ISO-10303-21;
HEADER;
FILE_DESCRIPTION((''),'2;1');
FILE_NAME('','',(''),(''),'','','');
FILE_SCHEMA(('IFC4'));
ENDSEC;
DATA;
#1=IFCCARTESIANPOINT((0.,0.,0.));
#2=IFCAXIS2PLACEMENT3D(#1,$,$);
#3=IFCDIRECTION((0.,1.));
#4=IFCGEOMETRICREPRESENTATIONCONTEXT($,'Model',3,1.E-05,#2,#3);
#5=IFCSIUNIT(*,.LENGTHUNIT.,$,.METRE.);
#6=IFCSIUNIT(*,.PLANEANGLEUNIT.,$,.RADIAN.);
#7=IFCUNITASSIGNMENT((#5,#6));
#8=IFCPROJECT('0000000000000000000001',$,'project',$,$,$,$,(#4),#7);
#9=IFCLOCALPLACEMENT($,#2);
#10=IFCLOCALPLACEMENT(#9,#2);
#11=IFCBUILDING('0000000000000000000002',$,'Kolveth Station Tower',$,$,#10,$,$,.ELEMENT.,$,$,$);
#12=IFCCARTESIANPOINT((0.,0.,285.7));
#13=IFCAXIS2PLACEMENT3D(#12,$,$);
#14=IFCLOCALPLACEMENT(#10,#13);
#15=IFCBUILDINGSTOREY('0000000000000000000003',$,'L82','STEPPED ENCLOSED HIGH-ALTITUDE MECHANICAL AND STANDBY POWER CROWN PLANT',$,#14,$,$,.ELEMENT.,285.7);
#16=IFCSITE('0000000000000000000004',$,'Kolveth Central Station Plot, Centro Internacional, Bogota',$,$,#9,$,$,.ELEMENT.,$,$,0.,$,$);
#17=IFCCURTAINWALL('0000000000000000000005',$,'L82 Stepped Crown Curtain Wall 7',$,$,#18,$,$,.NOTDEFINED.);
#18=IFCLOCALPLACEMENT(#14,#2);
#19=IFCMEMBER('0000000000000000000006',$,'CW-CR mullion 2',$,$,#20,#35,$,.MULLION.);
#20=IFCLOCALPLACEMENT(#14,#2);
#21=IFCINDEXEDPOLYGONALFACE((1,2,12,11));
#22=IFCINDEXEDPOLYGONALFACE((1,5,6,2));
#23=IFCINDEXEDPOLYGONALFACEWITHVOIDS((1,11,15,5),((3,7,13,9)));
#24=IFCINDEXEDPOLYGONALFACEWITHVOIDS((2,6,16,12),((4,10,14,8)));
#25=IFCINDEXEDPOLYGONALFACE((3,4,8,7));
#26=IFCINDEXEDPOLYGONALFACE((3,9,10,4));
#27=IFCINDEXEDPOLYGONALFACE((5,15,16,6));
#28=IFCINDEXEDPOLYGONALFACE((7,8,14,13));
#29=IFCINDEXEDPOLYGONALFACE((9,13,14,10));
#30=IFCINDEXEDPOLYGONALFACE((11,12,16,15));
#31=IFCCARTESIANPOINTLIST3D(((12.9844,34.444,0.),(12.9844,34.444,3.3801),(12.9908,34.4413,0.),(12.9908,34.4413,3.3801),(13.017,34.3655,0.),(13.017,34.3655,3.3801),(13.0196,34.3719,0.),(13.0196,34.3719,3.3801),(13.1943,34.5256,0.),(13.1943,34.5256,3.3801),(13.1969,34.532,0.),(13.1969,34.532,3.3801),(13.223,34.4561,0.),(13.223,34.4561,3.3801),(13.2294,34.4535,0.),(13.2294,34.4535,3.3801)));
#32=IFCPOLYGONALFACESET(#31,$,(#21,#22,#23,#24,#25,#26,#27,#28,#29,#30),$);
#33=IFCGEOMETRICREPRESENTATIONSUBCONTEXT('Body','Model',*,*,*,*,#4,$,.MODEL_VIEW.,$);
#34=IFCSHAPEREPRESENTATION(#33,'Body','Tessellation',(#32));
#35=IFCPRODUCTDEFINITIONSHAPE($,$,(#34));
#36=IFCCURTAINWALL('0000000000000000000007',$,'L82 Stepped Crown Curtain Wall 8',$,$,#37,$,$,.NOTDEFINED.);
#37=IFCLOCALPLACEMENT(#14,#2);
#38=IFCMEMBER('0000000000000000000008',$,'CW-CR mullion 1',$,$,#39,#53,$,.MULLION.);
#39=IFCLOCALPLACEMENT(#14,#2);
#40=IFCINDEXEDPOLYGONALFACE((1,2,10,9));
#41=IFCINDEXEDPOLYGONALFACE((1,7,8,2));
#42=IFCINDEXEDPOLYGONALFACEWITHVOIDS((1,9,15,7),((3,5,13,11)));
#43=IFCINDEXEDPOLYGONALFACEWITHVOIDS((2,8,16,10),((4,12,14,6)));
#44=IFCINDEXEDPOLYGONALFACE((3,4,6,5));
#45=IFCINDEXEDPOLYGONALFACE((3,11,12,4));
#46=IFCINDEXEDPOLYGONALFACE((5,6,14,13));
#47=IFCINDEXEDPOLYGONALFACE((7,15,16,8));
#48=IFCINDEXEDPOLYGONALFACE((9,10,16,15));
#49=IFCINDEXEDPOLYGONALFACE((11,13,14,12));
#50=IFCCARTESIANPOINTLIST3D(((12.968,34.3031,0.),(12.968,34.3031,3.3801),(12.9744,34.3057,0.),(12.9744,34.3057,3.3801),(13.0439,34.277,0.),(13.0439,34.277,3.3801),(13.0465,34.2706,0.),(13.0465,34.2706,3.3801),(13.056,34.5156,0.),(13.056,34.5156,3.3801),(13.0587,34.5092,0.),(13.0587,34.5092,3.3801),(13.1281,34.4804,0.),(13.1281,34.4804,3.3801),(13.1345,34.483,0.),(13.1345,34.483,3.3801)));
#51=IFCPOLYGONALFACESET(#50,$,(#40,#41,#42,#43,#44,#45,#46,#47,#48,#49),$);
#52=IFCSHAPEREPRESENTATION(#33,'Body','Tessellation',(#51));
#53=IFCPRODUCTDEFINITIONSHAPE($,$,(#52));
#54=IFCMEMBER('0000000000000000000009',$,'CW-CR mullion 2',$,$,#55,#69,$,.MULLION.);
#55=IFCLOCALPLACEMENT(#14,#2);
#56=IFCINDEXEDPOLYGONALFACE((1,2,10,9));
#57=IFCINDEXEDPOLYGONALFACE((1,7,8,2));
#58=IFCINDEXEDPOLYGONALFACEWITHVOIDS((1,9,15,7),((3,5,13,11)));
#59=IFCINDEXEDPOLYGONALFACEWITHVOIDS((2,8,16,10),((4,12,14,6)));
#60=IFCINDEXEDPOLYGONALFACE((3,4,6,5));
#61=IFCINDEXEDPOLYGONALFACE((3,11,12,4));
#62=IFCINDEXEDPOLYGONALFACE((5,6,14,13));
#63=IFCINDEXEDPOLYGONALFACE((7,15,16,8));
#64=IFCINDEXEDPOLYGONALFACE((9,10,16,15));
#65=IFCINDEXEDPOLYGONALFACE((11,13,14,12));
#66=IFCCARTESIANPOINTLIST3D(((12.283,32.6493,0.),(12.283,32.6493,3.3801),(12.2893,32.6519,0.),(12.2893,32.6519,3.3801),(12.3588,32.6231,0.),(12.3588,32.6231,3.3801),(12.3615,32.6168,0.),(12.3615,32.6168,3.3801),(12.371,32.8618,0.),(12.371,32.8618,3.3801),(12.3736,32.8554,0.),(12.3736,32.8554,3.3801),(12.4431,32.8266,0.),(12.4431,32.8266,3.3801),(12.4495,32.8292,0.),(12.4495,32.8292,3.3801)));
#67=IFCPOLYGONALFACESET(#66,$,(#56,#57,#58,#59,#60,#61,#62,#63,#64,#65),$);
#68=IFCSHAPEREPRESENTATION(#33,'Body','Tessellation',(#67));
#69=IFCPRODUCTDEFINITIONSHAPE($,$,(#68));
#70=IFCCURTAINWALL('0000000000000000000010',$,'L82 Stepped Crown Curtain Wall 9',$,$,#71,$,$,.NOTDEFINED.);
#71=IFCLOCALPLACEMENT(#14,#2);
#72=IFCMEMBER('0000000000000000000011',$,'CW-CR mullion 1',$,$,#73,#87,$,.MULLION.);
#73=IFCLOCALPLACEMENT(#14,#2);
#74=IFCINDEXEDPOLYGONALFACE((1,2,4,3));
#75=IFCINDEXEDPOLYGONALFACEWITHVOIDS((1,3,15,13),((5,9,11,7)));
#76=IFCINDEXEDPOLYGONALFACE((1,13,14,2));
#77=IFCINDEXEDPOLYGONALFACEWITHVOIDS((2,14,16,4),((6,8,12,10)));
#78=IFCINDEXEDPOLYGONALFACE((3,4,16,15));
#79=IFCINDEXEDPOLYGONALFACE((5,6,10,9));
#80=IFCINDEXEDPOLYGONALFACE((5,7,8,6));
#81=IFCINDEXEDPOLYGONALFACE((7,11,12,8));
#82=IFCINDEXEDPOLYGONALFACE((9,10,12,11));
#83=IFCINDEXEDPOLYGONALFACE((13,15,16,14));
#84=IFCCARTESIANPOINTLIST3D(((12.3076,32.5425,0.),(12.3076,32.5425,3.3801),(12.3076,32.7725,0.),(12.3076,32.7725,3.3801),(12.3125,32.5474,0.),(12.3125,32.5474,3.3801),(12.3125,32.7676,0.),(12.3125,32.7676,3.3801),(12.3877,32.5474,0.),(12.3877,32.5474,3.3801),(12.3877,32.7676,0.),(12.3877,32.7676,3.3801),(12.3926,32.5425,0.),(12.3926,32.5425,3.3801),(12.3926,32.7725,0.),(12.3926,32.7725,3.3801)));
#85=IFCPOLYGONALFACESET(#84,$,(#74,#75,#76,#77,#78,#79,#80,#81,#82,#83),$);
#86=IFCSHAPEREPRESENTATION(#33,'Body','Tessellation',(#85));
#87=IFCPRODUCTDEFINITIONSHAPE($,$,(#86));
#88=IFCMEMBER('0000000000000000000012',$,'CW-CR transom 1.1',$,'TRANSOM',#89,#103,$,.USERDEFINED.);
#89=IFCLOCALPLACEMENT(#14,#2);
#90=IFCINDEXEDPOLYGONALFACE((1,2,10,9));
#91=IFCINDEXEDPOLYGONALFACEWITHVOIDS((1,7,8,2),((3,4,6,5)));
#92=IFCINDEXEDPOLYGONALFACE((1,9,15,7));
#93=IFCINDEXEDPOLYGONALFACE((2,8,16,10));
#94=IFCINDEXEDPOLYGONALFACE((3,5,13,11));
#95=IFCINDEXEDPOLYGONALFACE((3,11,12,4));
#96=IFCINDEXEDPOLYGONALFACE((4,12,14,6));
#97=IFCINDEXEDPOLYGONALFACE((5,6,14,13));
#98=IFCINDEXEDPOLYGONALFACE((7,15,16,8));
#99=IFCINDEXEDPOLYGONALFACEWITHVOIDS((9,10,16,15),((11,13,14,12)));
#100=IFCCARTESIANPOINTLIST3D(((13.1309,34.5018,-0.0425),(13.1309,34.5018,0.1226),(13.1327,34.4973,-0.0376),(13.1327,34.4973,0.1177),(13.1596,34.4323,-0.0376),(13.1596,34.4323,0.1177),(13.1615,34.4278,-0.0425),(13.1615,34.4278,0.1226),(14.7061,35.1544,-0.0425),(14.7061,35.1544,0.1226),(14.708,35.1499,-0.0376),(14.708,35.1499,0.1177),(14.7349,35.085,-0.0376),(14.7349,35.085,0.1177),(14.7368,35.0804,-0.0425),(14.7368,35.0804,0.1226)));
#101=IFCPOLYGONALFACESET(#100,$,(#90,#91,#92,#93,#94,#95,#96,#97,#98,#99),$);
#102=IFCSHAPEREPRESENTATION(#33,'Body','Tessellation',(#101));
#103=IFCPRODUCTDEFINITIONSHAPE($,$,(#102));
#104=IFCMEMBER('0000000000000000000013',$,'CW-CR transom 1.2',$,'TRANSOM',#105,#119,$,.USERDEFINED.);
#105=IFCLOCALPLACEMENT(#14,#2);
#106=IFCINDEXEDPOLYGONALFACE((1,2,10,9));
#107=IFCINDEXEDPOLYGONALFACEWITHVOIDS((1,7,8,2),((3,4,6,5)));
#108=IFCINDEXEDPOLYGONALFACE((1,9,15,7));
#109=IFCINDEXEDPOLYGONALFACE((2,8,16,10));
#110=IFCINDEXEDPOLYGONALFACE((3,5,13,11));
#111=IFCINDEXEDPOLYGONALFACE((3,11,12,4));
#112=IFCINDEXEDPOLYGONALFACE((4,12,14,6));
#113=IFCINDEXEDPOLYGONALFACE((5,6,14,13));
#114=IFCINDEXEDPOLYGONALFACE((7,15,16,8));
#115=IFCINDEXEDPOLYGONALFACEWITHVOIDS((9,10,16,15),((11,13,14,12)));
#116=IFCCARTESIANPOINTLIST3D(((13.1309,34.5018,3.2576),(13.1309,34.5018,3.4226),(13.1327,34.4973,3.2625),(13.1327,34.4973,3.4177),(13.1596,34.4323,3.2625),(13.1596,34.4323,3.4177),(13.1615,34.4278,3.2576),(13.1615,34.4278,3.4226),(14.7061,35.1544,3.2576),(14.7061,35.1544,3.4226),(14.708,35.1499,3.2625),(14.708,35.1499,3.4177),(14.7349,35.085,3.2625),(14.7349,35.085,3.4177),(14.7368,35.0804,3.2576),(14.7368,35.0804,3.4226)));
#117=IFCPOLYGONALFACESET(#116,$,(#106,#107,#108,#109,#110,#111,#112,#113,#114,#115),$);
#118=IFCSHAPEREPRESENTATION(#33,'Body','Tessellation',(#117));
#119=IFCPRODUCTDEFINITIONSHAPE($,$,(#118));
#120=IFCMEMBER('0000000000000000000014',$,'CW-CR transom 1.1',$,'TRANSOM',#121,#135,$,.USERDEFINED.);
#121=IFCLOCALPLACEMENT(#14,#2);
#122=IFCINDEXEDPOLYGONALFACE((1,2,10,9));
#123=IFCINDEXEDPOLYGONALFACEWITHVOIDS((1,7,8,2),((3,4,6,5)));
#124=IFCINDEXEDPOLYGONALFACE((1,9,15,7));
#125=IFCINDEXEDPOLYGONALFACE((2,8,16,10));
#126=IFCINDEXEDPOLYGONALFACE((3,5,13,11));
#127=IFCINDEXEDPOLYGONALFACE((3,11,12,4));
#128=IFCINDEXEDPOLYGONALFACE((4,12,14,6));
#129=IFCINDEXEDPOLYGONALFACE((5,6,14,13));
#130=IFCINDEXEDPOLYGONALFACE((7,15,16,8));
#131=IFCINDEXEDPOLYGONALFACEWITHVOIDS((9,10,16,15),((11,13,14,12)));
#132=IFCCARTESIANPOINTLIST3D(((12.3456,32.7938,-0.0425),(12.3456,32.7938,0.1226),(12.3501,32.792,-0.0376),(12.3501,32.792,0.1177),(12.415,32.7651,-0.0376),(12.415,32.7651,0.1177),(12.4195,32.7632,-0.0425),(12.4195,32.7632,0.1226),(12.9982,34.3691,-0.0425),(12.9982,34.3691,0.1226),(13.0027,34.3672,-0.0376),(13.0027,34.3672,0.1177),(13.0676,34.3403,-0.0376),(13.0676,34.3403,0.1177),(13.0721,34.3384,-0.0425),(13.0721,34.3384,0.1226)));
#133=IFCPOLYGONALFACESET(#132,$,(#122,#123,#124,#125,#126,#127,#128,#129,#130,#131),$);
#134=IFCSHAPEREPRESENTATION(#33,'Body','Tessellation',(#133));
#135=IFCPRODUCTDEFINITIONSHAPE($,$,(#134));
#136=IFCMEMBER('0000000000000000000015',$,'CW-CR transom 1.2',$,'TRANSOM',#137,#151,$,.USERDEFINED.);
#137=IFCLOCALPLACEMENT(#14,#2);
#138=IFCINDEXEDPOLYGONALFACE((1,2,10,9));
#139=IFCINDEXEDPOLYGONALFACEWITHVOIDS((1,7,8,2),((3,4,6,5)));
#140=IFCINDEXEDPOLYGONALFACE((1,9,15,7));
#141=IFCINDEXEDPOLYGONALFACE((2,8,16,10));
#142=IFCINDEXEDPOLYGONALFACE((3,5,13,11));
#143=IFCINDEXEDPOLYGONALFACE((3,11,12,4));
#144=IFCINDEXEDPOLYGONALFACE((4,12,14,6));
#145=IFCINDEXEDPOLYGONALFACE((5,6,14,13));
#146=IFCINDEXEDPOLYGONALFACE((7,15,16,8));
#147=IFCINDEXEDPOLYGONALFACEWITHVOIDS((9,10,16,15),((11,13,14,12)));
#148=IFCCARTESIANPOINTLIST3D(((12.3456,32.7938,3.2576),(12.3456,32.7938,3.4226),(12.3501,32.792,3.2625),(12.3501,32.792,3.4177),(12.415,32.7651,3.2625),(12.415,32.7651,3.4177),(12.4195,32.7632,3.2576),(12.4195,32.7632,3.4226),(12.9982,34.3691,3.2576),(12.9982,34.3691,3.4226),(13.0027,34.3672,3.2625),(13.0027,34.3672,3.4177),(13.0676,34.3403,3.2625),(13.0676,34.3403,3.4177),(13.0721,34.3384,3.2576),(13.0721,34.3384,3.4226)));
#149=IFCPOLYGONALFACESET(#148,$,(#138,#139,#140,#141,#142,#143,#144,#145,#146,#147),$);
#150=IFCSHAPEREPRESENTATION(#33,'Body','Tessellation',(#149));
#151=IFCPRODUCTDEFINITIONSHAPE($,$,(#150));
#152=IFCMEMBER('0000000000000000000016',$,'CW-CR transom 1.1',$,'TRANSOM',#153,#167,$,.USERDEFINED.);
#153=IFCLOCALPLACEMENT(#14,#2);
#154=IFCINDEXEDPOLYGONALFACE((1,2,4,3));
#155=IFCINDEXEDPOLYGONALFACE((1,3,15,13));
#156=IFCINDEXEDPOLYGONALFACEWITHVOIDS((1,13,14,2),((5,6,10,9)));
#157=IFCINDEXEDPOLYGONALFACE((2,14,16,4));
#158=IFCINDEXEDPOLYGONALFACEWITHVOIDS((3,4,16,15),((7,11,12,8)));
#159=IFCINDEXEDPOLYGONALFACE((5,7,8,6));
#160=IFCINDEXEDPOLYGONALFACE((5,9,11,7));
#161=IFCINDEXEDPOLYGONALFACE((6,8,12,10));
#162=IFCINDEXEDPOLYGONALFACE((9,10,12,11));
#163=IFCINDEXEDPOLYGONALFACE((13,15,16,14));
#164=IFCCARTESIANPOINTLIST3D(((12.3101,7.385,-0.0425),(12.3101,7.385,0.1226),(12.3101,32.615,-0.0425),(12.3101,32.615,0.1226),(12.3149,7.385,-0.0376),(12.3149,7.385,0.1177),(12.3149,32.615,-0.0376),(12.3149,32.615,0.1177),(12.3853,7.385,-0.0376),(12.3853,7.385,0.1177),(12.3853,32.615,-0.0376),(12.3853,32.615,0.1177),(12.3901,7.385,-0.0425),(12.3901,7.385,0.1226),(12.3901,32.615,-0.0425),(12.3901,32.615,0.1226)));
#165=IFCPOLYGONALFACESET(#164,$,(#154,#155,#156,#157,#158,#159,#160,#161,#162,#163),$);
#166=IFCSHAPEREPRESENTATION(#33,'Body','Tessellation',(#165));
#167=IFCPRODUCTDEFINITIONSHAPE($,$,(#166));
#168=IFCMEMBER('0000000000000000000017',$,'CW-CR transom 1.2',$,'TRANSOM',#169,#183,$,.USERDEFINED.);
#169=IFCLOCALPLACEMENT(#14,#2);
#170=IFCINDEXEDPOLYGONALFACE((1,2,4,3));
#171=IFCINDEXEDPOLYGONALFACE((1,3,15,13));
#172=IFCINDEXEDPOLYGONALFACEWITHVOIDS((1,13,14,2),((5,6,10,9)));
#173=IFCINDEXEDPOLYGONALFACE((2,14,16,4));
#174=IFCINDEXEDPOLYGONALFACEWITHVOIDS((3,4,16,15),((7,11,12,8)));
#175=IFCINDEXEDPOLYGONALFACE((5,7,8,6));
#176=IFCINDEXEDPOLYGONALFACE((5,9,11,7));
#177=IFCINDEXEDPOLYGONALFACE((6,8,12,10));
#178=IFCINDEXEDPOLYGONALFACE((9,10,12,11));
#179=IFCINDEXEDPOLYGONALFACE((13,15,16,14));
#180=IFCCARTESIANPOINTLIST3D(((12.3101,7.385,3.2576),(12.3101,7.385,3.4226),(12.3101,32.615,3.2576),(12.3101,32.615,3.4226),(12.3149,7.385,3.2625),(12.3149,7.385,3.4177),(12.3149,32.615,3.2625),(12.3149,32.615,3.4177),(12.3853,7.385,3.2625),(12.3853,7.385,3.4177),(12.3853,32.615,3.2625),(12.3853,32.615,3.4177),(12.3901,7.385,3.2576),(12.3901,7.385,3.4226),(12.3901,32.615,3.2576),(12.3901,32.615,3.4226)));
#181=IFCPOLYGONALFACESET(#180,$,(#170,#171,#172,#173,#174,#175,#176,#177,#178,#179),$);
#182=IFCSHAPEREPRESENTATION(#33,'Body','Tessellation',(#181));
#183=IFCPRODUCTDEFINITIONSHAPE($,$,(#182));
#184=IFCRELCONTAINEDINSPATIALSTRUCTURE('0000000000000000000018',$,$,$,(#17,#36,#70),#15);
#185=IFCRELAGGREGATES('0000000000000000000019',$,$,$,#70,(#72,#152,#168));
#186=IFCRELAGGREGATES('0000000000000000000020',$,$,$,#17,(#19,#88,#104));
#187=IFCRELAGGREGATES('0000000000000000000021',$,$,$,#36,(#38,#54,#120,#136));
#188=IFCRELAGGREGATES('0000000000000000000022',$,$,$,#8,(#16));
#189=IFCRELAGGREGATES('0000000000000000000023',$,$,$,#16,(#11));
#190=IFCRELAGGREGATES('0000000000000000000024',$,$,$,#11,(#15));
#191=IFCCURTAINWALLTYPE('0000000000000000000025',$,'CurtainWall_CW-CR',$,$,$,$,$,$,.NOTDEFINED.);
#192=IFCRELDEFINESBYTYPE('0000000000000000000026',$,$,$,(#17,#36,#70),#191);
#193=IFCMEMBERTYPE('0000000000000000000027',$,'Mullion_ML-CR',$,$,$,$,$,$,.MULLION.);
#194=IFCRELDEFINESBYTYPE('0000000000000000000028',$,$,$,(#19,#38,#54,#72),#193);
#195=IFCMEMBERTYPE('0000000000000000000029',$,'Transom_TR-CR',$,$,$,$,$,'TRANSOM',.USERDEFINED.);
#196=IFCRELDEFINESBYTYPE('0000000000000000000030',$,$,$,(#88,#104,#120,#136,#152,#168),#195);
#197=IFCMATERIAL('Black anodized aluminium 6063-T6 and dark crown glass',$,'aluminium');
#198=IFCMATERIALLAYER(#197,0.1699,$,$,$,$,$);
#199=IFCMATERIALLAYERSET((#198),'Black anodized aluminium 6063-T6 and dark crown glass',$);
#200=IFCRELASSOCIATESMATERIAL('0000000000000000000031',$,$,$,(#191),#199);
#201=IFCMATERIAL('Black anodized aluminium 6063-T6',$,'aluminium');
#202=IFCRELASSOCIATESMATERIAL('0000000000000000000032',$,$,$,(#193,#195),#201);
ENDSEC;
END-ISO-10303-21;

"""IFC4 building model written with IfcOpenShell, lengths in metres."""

from ifc_helpers import new_model, si_unit, direction, frame, origin, origin_2d, place, context, subcontext, project, spatial, hollow_rectangle, extrude, source, transform, mapped, material, layer, layer_set, material_profile, profile_set, type_object, element, aggregate, save


model = new_model("IFC4")

# Units and contexts
model_context = context("Model", 3, precision=1e-05, world=origin(), true_north=direction((0.0, 1.0)))
body_context = subcontext(model_context, "Body", "Model", "MODEL_VIEW")
ifc_project = project(units=[si_unit("LENGTHUNIT", "METRE"), si_unit("PLANEANGLEUNIT", "RADIAN")], contexts=[model_context])

# Site, building, storey
site_placement = place(None, origin())
site = spatial("IfcSite", under=ifc_project, at=site_placement, Name="Kolveth Central Station Plot, Centro Internacional, Bogota", CompositionType="ELEMENT", RefElevation=0.0)
building_placement = place(site_placement, origin())
building = spatial("IfcBuilding", under=site, at=building_placement, Name="Kolveth Station Tower", CompositionType="ELEMENT")
storey_placement = place(building_placement, frame((0.0, 0.0, 285.7)))
storey = spatial("IfcBuildingStorey", under=building, at=storey_placement, Name="L82", Description="STEPPED ENCLOSED HIGH-ALTITUDE MECHANICAL AND STANDBY POWER CROWN PLANT", CompositionType="ELEMENT", Elevation=285.7)

# Shared definitions
ifc_material_1 = material(Name="Black anodized aluminium 6063-T6 and dark crown glass", Category="aluminium")
ifc_layer_1 = layer(ifc_material_1, 0.1699)
ifc_layer_set_1 = layer_set([ifc_layer_1], Name="Black anodized aluminium 6063-T6 and dark crown glass")
curtain_wall_type = type_object("IfcCurtainWallType", Name="CurtainWall_CW-CR", PredefinedType="NOTDEFINED", material=ifc_layer_set_1)
ifc_material_2 = material(Name="Black anodized aluminium 6063-T6", Category="aluminium")
ifc_material_profile_1 = material_profile(ifc_material_2, hollow_rectangle(XDim=0.085, YDim=0.23, WallThickness=0.0049, at=origin_2d()), Name="ALU-85x230x5")
ifc_profile_set_1 = profile_set([ifc_material_profile_1], Name="Black anodized aluminium 6063-T6")
member_type_1 = type_object("IfcMemberType", Name="Mullion_ML-CR", PredefinedType="MULLION", material=ifc_profile_set_1)
shared_shape_1 = source(origin(), body_context, "Body", "SweptSolid", [
    extrude(hollow_rectangle(XDim=0.085, YDim=0.23, WallThickness=0.0049, at=origin_2d()), origin(), (0.0, 0.0, 1.0), 3.3801),
])

# Curtain walls, members
curtain_wall_1_placement = place(storey_placement, origin())
curtain_wall_1 = element("IfcCurtainWall", 1, at=curtain_wall_1_placement, inside=storey, type_object=curtain_wall_type, Name="L82 Stepped Crown Curtain Wall 7", PredefinedType="NOTDEFINED")
member_1_placement = place(storey_placement, frame((13.1069, 34.4487, 0.0), z_axis=(0.0, 0.0, 1.0), x_axis=(0.382691, -0.923876, 0.0)))
member_1 = element("IfcMember", 2, at=member_1_placement, type_object=member_type_1, Name="CW-CR mullion 2", PredefinedType="MULLION", context=body_context, shape_type="MappedRepresentation", body=[
    mapped(shared_shape_1, transform((0.0, 0.0, 0.0), x_axis=(1.0, 0.0, 0.0), y_axis=(0.0, 1.0, 0.0), z_axis=(0.0, 0.0, 1.0), scale=1.0)),
])
curtain_wall_2_placement = place(storey_placement, origin())
curtain_wall_2 = element("IfcCurtainWall", 3, at=curtain_wall_2_placement, inside=storey, type_object=curtain_wall_type, Name="L82 Stepped Crown Curtain Wall 8", PredefinedType="NOTDEFINED")
member_2_placement = place(storey_placement, frame((13.0513, 34.3931, 0.0), z_axis=(0.0, 0.0, 1.0), x_axis=(0.923876, -0.382691, 0.0)))
member_2 = element("IfcMember", 4, at=member_2_placement, type_object=member_type_1, Name="CW-CR mullion 1", PredefinedType="MULLION", context=body_context, shape_type="MappedRepresentation", body=[
    mapped(shared_shape_1, transform((0.0, 0.0, 0.0), x_axis=(1.0, 0.0, 0.0), y_axis=(0.0, 1.0, 0.0), z_axis=(0.0, 0.0, 1.0), scale=1.0)),
])
member_3_placement = place(storey_placement, frame((12.3662, 32.7393, 0.0), z_axis=(0.0, 0.0, 1.0), x_axis=(0.923876, -0.382691, 0.0)))
member_3 = element("IfcMember", 5, at=member_3_placement, type_object=member_type_1, Name="CW-CR mullion 2", PredefinedType="MULLION", context=body_context, shape_type="MappedRepresentation", body=[
    mapped(shared_shape_1, transform((0.0, 0.0, 0.0), x_axis=(1.0, 0.0, 0.0), y_axis=(0.0, 1.0, 0.0), z_axis=(0.0, 0.0, 1.0), scale=1.0)),
])

# Curtain wall, member
curtain_wall_3_placement = place(storey_placement, origin())
curtain_wall_3 = element("IfcCurtainWall", 6, at=curtain_wall_3_placement, inside=storey, type_object=curtain_wall_type, Name="L82 Stepped Crown Curtain Wall 9", PredefinedType="NOTDEFINED")
member_4_placement = place(storey_placement, frame((12.3501, 32.6575, 0.0), z_axis=(0.0, 0.0, 1.0), x_axis=(1.0, 0.0, 0.0)))
member_4 = element("IfcMember", 7, at=member_4_placement, type_object=member_type_1, Name="CW-CR mullion 1", PredefinedType="MULLION", context=body_context, shape_type="MappedRepresentation", body=[
    mapped(shared_shape_1, transform((0.0, 0.0, 0.0), x_axis=(1.0, 0.0, 0.0), y_axis=(0.0, 1.0, 0.0), z_axis=(0.0, 0.0, 1.0), scale=1.0)),
])

# Members
ifc_material_profile_2 = material_profile(ifc_material_2, hollow_rectangle(XDim=0.0801, YDim=0.165, WallThickness=0.0049, at=origin_2d()), Name="ALU-80x165x5")
ifc_profile_set_2 = profile_set([ifc_material_profile_2], Name="Black anodized aluminium 6063-T6")
member_type_2 = type_object("IfcMemberType", Name="Transom_TR-CR", ElementType="TRANSOM", PredefinedType="USERDEFINED", material=ifc_profile_set_2)
shared_shape_2 = source(origin(), body_context, "Body", "SweptSolid", [
    extrude(hollow_rectangle(XDim=0.0801, YDim=0.165, WallThickness=0.0049, at=origin_2d()), origin(), (0.0, 0.0, 1.0), 1.7051),
])
member_5_placement = place(storey_placement, frame((14.7214, 35.1174, 0.04), z_axis=(-0.923855, -0.382744, 0.0), x_axis=(0.382744, -0.923855, 0.0)))
member_5 = element("IfcMember", 8, at=member_5_placement, type_object=member_type_2, Name="CW-CR transom 1.1", ObjectType="TRANSOM", PredefinedType="USERDEFINED", context=body_context, shape_type="MappedRepresentation", body=[
    mapped(shared_shape_2, transform((0.0, 0.0, 0.0), x_axis=(1.0, 0.0, 0.0), y_axis=(0.0, 1.0, 0.0), z_axis=(0.0, 0.0, 1.0), scale=1.0)),
])
member_6_placement = place(storey_placement, frame((14.7214, 35.1174, 3.3401), z_axis=(-0.923855, -0.382744, 0.0), x_axis=(0.382744, -0.923855, 0.0)))
member_6 = element("IfcMember", 9, at=member_6_placement, type_object=member_type_2, Name="CW-CR transom 1.2", ObjectType="TRANSOM", PredefinedType="USERDEFINED", context=body_context, shape_type="MappedRepresentation", body=[
    mapped(shared_shape_2, transform((0.0, 0.0, 0.0), x_axis=(1.0, 0.0, 0.0), y_axis=(0.0, 1.0, 0.0), z_axis=(0.0, 0.0, 1.0), scale=1.0)),
])
member_7_placement = place(storey_placement, frame((13.0352, 34.3538, 0.04), z_axis=(-0.382744, -0.923855, 0.0), x_axis=(0.923855, -0.382744, 0.0)))
member_7 = element("IfcMember", 10, at=member_7_placement, type_object=member_type_2, Name="CW-CR transom 1.1", ObjectType="TRANSOM", PredefinedType="USERDEFINED", context=body_context, shape_type="MappedRepresentation", body=[
    mapped(shared_shape_2, transform((0.0, 0.0, 0.0), x_axis=(1.0, 0.0, 0.0), y_axis=(0.0, 1.0, 0.0), z_axis=(0.0, 0.0, 1.0), scale=1.0)),
])
member_8_placement = place(storey_placement, frame((13.0352, 34.3538, 3.3401), z_axis=(-0.382744, -0.923855, 0.0), x_axis=(0.923855, -0.382744, 0.0)))
member_8 = element("IfcMember", 11, at=member_8_placement, type_object=member_type_2, Name="CW-CR transom 1.2", ObjectType="TRANSOM", PredefinedType="USERDEFINED", context=body_context, shape_type="MappedRepresentation", body=[
    mapped(shared_shape_2, transform((0.0, 0.0, 0.0), x_axis=(1.0, 0.0, 0.0), y_axis=(0.0, 1.0, 0.0), z_axis=(0.0, 0.0, 1.0), scale=1.0)),
])
shared_shape_3 = source(origin(), body_context, "Body", "SweptSolid", [
    extrude(hollow_rectangle(XDim=0.0801, YDim=0.165, WallThickness=0.0049, at=origin_2d()), origin(), (0.0, 0.0, 1.0), 25.23),
])
member_9_placement = place(storey_placement, frame((12.3501, 32.615, 0.04), z_axis=(0.0, -1.0, 0.0), x_axis=(1.0, 0.0, 0.0)))
member_9 = element("IfcMember", 12, at=member_9_placement, type_object=member_type_2, Name="CW-CR transom 1.1", ObjectType="TRANSOM", PredefinedType="USERDEFINED", context=body_context, shape_type="MappedRepresentation", body=[
    mapped(shared_shape_3, transform((0.0, 0.0, 0.0), x_axis=(1.0, 0.0, 0.0), y_axis=(0.0, 1.0, 0.0), z_axis=(0.0, 0.0, 1.0), scale=1.0)),
])
member_10_placement = place(storey_placement, frame((12.3501, 32.615, 3.3401), z_axis=(0.0, -1.0, 0.0), x_axis=(1.0, 0.0, 0.0)))
member_10 = element("IfcMember", 13, at=member_10_placement, type_object=member_type_2, Name="CW-CR transom 1.2", ObjectType="TRANSOM", PredefinedType="USERDEFINED", context=body_context, shape_type="MappedRepresentation", body=[
    mapped(shared_shape_3, transform((0.0, 0.0, 0.0), x_axis=(1.0, 0.0, 0.0), y_axis=(0.0, 1.0, 0.0), z_axis=(0.0, 0.0, 1.0), scale=1.0)),
])
aggregate(curtain_wall_3, [member_4, member_9, member_10])

aggregate(curtain_wall_1, [member_1, member_5, member_6])
aggregate(curtain_wall_2, [member_2, member_3, member_7, member_8])

save(model, "model.ifc")
